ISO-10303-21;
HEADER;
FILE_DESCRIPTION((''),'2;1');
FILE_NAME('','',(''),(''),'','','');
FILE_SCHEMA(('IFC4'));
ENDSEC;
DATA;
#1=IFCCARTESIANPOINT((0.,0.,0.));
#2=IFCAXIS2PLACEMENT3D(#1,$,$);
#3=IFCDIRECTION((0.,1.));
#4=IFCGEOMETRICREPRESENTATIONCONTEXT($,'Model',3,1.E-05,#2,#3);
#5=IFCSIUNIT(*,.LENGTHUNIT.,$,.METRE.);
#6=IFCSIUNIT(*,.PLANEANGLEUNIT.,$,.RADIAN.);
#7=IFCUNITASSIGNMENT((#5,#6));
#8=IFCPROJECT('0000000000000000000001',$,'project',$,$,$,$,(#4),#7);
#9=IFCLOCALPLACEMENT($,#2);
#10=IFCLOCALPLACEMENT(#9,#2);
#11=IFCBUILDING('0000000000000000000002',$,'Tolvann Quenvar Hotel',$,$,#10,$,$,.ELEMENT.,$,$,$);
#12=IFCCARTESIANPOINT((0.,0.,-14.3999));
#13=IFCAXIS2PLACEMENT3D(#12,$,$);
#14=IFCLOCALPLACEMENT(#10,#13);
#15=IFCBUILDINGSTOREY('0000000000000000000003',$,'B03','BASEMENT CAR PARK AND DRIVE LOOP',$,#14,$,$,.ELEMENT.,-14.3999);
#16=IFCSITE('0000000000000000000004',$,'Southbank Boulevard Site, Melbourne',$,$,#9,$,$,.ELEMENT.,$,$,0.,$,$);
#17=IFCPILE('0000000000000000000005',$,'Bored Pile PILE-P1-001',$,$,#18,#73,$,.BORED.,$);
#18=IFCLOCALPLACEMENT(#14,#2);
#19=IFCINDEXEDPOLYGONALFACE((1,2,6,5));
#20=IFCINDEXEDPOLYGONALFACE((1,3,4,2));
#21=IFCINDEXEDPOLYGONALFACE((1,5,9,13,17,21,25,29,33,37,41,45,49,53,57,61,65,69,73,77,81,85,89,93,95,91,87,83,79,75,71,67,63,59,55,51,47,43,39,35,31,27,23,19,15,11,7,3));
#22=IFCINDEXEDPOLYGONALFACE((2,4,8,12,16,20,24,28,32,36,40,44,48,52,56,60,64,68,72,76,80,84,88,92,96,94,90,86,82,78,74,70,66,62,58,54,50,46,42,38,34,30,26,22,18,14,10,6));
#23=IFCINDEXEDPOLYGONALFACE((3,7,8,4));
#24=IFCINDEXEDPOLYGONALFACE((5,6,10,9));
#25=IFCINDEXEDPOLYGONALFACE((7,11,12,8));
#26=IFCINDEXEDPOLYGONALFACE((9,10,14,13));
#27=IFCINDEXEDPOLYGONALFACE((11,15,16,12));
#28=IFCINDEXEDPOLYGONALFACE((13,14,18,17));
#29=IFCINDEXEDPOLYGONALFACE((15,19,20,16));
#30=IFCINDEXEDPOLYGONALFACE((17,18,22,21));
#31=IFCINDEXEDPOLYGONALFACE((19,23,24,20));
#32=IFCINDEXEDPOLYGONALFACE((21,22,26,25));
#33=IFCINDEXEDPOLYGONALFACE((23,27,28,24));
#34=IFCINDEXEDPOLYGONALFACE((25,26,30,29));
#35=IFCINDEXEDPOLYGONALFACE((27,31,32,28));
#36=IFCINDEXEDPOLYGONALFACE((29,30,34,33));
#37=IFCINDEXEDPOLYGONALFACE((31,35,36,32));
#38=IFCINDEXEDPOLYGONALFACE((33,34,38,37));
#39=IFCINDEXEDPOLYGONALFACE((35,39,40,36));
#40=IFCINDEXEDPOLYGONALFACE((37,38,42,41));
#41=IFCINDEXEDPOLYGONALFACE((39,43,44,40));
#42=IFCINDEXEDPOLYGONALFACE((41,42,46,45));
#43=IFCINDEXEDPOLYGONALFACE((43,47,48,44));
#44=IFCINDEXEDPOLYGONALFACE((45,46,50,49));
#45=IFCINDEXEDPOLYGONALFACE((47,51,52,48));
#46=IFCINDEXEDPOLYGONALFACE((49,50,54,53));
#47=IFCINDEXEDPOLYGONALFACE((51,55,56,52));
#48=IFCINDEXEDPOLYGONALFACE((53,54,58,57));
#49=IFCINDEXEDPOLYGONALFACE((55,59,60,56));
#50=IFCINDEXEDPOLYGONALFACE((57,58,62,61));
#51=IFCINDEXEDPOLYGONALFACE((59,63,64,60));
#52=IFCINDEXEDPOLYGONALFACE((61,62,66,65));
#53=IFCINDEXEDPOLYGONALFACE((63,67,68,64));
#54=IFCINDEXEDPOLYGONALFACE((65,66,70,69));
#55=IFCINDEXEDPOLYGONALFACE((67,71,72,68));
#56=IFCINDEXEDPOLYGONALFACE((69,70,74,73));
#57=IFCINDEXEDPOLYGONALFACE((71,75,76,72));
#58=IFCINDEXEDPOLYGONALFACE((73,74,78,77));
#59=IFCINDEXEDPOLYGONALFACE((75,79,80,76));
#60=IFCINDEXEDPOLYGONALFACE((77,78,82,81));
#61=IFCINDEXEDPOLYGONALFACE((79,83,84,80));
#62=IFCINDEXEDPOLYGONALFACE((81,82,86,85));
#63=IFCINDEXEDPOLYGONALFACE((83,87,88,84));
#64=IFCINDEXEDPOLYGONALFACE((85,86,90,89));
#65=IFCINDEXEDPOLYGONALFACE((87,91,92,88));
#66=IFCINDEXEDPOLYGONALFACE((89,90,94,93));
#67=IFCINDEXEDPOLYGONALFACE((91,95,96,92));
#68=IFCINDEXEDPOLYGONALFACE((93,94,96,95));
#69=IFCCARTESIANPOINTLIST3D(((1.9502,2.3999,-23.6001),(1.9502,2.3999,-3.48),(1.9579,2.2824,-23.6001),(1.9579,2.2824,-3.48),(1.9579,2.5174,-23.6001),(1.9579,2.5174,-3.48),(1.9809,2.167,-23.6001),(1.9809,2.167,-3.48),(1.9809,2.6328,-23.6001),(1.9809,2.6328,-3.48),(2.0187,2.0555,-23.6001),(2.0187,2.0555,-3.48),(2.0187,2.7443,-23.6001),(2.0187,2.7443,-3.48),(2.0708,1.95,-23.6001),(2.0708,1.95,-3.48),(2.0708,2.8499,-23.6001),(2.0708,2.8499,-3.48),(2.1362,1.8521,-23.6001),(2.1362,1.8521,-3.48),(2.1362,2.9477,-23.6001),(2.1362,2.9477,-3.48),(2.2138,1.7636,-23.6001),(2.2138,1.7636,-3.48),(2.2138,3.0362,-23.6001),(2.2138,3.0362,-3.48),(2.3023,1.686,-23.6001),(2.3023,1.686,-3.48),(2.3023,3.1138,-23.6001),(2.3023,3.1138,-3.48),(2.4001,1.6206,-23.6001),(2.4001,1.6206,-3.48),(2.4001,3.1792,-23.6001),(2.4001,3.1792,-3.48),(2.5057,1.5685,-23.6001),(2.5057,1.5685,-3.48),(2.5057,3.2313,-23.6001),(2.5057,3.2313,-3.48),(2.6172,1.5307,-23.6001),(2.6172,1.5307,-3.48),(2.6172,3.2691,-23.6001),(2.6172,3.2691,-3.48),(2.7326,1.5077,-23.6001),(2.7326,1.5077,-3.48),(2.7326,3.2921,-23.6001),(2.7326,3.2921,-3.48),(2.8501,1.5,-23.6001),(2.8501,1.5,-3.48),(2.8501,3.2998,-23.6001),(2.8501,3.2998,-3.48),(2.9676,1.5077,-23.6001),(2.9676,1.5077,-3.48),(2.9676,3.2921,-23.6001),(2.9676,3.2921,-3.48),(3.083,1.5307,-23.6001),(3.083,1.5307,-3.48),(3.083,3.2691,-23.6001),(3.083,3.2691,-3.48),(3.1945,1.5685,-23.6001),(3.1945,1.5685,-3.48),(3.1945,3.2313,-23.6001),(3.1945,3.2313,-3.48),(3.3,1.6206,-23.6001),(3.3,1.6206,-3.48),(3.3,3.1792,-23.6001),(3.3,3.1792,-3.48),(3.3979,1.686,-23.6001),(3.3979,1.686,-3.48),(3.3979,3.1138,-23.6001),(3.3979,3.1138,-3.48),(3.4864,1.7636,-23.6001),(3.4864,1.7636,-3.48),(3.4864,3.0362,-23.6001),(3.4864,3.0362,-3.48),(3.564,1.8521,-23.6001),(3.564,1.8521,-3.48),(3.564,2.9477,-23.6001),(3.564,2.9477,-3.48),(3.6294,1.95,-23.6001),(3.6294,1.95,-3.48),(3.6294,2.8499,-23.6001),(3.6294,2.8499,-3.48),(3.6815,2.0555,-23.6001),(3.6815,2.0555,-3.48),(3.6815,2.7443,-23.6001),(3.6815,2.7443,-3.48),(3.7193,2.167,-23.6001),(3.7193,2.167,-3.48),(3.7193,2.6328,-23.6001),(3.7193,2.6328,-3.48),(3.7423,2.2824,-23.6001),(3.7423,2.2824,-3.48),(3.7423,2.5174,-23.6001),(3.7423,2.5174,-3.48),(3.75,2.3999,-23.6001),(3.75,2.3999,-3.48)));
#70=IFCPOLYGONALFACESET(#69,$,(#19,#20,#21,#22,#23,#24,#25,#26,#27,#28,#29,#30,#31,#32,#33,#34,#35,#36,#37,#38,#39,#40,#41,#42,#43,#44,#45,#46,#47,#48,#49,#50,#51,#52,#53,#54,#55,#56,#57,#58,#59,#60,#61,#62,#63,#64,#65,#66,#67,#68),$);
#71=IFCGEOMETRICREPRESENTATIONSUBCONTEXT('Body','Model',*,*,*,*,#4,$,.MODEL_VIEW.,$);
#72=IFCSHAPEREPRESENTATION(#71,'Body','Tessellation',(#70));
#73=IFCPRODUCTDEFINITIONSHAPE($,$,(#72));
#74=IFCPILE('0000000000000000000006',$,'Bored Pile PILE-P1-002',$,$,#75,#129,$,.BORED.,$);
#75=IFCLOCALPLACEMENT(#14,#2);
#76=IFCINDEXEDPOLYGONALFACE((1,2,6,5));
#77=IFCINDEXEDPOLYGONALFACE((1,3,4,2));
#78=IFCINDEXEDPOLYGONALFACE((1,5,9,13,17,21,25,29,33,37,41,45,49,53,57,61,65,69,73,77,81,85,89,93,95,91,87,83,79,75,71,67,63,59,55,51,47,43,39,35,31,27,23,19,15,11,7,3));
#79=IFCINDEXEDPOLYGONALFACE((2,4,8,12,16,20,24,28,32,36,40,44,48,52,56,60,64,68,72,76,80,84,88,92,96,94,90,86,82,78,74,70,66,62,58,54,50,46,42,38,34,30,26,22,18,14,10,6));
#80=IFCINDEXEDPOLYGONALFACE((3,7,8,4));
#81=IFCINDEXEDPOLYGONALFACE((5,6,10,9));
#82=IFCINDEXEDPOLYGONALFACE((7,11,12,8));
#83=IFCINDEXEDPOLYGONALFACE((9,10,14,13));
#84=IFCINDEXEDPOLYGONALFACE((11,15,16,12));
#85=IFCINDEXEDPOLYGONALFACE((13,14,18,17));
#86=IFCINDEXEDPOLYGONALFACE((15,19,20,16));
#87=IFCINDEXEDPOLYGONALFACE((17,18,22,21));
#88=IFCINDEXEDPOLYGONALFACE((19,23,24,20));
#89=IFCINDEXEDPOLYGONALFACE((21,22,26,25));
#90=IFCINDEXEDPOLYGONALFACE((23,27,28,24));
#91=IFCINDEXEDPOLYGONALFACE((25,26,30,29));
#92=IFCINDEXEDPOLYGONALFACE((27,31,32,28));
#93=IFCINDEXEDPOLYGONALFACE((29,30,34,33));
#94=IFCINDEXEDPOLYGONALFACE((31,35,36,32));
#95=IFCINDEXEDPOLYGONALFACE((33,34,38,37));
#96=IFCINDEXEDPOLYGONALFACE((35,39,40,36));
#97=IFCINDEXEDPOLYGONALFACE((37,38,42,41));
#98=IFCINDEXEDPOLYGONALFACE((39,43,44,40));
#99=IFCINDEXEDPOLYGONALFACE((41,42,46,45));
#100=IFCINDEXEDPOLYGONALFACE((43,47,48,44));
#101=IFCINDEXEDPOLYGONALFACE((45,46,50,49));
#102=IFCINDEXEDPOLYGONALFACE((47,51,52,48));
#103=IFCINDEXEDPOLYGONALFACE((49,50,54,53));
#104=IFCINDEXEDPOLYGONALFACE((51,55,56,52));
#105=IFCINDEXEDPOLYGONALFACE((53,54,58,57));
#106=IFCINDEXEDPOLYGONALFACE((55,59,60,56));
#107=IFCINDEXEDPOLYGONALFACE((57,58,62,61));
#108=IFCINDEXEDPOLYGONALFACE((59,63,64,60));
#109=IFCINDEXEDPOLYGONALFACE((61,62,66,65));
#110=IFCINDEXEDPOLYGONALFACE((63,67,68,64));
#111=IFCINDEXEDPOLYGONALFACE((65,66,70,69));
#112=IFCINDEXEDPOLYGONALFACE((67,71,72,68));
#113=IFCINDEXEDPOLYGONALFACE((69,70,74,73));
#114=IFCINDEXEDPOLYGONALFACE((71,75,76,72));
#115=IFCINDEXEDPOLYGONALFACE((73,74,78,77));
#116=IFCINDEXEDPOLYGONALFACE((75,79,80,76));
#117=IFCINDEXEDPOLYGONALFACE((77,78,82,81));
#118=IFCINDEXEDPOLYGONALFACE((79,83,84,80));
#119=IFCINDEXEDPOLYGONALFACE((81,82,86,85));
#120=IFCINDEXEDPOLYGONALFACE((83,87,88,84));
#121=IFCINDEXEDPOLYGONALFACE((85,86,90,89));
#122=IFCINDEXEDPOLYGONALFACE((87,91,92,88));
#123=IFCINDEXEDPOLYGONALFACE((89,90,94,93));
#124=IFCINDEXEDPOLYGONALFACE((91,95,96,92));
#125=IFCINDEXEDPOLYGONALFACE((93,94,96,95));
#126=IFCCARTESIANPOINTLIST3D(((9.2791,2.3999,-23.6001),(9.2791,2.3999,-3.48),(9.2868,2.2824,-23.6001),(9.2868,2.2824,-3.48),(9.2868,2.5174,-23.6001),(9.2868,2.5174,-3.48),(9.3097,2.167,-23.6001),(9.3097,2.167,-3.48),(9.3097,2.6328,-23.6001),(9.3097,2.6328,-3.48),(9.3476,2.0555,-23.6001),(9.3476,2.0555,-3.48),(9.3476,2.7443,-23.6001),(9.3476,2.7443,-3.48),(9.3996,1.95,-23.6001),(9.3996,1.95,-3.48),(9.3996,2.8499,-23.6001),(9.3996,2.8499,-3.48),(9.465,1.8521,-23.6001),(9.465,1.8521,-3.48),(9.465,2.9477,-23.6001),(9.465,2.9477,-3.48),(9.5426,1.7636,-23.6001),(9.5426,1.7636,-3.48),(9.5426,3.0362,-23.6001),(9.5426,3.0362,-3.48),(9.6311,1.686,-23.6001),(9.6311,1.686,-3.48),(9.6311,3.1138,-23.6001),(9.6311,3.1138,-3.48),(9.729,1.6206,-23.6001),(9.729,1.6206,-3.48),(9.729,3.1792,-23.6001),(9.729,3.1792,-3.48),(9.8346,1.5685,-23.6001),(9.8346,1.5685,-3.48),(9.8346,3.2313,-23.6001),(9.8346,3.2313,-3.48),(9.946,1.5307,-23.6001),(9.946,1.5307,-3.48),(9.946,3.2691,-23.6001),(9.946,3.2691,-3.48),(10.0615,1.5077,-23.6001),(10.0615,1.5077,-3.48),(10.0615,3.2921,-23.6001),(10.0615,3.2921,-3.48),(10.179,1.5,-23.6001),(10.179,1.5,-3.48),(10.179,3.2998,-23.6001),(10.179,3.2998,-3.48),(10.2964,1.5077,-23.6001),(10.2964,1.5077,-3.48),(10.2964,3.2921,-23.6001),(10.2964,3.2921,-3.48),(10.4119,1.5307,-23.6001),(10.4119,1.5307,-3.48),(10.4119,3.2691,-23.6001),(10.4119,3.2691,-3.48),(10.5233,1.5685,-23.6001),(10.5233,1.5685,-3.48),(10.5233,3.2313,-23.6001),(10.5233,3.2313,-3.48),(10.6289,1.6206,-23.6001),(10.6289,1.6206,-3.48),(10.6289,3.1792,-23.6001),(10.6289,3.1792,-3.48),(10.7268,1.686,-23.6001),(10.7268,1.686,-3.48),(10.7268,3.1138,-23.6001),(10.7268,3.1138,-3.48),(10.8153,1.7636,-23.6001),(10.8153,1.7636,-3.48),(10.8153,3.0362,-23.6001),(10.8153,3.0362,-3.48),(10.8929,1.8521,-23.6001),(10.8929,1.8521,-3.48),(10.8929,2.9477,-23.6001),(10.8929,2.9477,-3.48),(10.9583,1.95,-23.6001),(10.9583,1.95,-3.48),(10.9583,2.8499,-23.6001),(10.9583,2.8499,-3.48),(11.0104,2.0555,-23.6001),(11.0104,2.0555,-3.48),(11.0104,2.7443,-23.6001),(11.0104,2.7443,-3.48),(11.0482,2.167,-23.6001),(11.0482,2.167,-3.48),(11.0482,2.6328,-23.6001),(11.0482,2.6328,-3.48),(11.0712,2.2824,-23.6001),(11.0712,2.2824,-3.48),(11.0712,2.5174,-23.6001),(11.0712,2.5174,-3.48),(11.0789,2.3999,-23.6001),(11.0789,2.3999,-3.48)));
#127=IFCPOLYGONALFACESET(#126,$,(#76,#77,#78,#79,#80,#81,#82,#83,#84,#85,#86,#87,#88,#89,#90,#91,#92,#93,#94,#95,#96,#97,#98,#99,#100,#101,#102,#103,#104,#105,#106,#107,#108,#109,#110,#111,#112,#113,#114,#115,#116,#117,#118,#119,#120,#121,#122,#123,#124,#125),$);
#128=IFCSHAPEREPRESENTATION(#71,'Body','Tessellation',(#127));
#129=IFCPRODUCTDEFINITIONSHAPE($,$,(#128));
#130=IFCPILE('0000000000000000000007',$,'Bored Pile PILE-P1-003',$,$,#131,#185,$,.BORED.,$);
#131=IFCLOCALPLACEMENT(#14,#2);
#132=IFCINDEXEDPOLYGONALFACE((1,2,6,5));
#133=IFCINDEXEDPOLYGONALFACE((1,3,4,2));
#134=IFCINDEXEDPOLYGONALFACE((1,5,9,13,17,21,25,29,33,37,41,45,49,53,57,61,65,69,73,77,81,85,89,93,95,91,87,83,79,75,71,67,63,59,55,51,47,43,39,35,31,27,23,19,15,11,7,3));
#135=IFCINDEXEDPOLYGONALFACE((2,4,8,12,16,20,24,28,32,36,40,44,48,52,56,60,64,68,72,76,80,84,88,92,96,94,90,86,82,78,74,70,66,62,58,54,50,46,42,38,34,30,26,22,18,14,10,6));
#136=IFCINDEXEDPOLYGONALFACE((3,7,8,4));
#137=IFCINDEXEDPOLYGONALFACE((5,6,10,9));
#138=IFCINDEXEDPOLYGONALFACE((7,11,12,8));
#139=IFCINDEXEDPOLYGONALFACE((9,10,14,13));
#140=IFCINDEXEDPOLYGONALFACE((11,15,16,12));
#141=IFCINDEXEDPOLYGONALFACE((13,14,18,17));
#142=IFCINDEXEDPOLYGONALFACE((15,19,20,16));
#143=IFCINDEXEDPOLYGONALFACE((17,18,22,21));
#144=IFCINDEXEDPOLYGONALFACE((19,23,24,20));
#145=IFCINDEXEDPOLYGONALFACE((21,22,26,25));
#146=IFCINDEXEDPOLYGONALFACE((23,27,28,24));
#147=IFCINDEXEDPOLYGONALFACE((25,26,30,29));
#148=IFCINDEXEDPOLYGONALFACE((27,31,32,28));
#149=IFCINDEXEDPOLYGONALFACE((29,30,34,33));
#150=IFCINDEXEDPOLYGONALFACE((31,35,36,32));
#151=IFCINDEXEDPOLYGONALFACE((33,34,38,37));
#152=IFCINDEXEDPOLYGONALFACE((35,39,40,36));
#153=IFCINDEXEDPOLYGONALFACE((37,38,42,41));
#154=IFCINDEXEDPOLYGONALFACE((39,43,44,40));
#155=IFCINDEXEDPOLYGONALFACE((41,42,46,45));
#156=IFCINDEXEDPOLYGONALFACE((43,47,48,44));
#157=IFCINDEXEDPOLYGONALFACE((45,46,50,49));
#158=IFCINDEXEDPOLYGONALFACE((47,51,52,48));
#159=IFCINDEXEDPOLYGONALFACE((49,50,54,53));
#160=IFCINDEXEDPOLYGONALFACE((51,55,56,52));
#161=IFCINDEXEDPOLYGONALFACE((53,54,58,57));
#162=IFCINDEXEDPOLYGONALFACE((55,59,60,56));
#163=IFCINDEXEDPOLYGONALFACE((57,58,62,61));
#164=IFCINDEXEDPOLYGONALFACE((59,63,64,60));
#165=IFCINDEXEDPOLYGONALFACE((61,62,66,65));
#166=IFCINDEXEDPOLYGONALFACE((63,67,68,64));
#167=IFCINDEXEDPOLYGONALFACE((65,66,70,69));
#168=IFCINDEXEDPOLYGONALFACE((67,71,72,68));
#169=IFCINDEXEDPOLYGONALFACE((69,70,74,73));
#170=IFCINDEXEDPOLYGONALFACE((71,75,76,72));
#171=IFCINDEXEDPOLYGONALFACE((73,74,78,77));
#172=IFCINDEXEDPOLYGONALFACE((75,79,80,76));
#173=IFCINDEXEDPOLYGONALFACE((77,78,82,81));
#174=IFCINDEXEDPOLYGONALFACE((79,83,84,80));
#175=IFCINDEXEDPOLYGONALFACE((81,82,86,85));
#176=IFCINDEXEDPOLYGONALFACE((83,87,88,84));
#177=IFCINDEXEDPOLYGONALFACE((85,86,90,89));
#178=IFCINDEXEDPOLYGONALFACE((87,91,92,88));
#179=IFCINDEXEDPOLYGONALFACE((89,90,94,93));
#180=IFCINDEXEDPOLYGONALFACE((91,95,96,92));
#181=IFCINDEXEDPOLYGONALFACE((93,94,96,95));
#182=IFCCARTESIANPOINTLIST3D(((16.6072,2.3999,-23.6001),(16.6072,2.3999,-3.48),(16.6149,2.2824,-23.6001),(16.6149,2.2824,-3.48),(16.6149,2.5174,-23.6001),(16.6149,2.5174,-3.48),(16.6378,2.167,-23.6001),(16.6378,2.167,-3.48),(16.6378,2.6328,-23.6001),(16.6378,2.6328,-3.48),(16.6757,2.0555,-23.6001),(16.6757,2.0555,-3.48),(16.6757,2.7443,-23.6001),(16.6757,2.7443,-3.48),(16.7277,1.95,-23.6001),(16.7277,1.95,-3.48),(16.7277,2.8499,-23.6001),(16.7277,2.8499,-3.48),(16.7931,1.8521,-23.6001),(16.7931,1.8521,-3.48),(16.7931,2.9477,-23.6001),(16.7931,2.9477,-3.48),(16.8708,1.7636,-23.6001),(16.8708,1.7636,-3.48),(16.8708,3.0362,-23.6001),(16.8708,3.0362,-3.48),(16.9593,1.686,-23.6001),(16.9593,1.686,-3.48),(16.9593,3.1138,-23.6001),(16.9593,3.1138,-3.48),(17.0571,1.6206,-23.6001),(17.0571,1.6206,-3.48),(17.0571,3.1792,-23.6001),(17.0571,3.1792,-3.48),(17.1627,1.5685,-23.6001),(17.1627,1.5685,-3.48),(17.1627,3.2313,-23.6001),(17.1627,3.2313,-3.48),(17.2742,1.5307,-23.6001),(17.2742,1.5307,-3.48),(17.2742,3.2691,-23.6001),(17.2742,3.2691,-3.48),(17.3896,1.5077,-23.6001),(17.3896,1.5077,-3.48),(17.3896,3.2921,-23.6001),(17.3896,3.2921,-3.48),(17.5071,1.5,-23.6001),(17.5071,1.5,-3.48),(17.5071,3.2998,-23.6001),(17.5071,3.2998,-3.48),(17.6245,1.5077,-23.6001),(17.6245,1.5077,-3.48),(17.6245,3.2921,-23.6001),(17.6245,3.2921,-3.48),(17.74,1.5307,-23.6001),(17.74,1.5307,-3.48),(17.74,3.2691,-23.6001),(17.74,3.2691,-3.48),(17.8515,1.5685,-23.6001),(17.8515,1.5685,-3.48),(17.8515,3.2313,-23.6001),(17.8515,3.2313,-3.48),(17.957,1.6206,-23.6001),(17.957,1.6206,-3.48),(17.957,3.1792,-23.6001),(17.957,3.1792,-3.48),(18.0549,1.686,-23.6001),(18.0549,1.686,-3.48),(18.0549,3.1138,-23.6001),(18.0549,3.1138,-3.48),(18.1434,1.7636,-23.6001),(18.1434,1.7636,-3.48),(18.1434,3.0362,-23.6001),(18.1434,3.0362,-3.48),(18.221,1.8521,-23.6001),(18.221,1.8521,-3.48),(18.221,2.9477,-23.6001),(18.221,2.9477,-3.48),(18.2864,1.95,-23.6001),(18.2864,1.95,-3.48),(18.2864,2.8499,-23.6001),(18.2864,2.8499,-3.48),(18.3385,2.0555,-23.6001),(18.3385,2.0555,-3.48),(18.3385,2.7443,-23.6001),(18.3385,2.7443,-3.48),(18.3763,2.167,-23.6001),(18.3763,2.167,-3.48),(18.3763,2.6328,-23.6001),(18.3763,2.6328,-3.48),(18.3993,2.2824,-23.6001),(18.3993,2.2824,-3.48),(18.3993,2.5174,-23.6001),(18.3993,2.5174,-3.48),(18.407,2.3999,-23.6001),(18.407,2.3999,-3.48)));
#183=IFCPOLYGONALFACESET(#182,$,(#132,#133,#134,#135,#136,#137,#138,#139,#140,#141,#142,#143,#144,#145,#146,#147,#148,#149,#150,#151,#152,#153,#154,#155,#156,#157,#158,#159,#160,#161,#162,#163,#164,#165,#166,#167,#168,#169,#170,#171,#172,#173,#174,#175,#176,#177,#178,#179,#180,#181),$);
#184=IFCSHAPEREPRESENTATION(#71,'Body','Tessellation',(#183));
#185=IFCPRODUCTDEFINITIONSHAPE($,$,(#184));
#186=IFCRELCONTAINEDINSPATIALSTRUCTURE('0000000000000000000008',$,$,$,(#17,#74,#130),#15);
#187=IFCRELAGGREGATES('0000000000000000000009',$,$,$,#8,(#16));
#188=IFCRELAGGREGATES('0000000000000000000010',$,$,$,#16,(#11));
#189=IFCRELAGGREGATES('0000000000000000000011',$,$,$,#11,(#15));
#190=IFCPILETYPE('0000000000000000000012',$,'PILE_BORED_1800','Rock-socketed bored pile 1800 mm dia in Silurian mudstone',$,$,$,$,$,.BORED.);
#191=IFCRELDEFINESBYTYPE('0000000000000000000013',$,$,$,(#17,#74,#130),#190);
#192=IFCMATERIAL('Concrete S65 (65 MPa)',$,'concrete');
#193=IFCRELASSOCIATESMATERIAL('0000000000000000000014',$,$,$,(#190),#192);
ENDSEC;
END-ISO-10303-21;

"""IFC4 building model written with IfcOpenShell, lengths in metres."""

from ifc_helpers import new_model, si_unit, direction, frame, origin, origin_2d, place, context, subcontext, project, spatial, circle, extrude, material, material_profile, profile_set, type_object, element, save


model = new_model("IFC4")

# Units and contexts
model_context = context("Model", 3, precision=1e-05, world=origin(), true_north=direction((0.0, 1.0)))
body_context = subcontext(model_context, "Body", "Model", "MODEL_VIEW")
ifc_project = project(units=[si_unit("LENGTHUNIT", "METRE"), si_unit("PLANEANGLEUNIT", "RADIAN")], contexts=[model_context])

# Site, building, storey
site_placement = place(None, origin())
site = spatial("IfcSite", under=ifc_project, at=site_placement, Name="Southbank Boulevard Site, Melbourne", CompositionType="ELEMENT", RefElevation=0.0)
building_placement = place(site_placement, origin())
building = spatial("IfcBuilding", under=site, at=building_placement, Name="Tolvann Quenvar Hotel", CompositionType="ELEMENT")
storey_placement = place(building_placement, frame((0.0, 0.0, -14.3999)))
storey = spatial("IfcBuildingStorey", under=building, at=storey_placement, Name="B03", Description="BASEMENT CAR PARK AND DRIVE LOOP", CompositionType="ELEMENT", Elevation=-14.3999)

# Piles
ifc_material_1 = material(Name="Concrete S65 (65 MPa)", Category="concrete")
ifc_material_profile_1 = material_profile(ifc_material_1, circle(Radius=0.8999, at=origin_2d()), Name="PILE1800")
ifc_profile_set_1 = profile_set([ifc_material_profile_1], Name="Concrete S65 (65 MPa)")
pile_type = type_object("IfcPileType", Name="PILE_BORED_1800", Description="Rock-socketed bored pile 1800 mm dia in Silurian mudstone", PredefinedType="BORED", material=ifc_profile_set_1)
for number, where, z_axis, x_axis, name in (
    (1, (2.8501, 2.3999, -3.48), (0.0, 0.0, -1.0), (1.0, 0.0, 0.0), "Bored Pile PILE-P1-001"),
    (2, (10.179, 2.3999, -3.48), (0.0, 0.0, -1.0), (1.0, 0.0, 0.0), "Bored Pile PILE-P1-002"),
    (3, (17.5071, 2.3999, -3.48), (0.0, 0.0, -1.0), (1.0, 0.0, 0.0), "Bored Pile PILE-P1-003"),
):
    element("IfcPile", number, at=place(storey_placement, frame(where, z_axis=z_axis, x_axis=x_axis)), inside=storey, type_object=pile_type, Name=name, PredefinedType="BORED", context=body_context, shape_type="SweptSolid", body=[
        extrude(circle(Radius=0.8999, at=origin_2d()), origin(), (0.0, 0.0, 1.0), 20.1201),
    ])

save(model, "model.ifc")
